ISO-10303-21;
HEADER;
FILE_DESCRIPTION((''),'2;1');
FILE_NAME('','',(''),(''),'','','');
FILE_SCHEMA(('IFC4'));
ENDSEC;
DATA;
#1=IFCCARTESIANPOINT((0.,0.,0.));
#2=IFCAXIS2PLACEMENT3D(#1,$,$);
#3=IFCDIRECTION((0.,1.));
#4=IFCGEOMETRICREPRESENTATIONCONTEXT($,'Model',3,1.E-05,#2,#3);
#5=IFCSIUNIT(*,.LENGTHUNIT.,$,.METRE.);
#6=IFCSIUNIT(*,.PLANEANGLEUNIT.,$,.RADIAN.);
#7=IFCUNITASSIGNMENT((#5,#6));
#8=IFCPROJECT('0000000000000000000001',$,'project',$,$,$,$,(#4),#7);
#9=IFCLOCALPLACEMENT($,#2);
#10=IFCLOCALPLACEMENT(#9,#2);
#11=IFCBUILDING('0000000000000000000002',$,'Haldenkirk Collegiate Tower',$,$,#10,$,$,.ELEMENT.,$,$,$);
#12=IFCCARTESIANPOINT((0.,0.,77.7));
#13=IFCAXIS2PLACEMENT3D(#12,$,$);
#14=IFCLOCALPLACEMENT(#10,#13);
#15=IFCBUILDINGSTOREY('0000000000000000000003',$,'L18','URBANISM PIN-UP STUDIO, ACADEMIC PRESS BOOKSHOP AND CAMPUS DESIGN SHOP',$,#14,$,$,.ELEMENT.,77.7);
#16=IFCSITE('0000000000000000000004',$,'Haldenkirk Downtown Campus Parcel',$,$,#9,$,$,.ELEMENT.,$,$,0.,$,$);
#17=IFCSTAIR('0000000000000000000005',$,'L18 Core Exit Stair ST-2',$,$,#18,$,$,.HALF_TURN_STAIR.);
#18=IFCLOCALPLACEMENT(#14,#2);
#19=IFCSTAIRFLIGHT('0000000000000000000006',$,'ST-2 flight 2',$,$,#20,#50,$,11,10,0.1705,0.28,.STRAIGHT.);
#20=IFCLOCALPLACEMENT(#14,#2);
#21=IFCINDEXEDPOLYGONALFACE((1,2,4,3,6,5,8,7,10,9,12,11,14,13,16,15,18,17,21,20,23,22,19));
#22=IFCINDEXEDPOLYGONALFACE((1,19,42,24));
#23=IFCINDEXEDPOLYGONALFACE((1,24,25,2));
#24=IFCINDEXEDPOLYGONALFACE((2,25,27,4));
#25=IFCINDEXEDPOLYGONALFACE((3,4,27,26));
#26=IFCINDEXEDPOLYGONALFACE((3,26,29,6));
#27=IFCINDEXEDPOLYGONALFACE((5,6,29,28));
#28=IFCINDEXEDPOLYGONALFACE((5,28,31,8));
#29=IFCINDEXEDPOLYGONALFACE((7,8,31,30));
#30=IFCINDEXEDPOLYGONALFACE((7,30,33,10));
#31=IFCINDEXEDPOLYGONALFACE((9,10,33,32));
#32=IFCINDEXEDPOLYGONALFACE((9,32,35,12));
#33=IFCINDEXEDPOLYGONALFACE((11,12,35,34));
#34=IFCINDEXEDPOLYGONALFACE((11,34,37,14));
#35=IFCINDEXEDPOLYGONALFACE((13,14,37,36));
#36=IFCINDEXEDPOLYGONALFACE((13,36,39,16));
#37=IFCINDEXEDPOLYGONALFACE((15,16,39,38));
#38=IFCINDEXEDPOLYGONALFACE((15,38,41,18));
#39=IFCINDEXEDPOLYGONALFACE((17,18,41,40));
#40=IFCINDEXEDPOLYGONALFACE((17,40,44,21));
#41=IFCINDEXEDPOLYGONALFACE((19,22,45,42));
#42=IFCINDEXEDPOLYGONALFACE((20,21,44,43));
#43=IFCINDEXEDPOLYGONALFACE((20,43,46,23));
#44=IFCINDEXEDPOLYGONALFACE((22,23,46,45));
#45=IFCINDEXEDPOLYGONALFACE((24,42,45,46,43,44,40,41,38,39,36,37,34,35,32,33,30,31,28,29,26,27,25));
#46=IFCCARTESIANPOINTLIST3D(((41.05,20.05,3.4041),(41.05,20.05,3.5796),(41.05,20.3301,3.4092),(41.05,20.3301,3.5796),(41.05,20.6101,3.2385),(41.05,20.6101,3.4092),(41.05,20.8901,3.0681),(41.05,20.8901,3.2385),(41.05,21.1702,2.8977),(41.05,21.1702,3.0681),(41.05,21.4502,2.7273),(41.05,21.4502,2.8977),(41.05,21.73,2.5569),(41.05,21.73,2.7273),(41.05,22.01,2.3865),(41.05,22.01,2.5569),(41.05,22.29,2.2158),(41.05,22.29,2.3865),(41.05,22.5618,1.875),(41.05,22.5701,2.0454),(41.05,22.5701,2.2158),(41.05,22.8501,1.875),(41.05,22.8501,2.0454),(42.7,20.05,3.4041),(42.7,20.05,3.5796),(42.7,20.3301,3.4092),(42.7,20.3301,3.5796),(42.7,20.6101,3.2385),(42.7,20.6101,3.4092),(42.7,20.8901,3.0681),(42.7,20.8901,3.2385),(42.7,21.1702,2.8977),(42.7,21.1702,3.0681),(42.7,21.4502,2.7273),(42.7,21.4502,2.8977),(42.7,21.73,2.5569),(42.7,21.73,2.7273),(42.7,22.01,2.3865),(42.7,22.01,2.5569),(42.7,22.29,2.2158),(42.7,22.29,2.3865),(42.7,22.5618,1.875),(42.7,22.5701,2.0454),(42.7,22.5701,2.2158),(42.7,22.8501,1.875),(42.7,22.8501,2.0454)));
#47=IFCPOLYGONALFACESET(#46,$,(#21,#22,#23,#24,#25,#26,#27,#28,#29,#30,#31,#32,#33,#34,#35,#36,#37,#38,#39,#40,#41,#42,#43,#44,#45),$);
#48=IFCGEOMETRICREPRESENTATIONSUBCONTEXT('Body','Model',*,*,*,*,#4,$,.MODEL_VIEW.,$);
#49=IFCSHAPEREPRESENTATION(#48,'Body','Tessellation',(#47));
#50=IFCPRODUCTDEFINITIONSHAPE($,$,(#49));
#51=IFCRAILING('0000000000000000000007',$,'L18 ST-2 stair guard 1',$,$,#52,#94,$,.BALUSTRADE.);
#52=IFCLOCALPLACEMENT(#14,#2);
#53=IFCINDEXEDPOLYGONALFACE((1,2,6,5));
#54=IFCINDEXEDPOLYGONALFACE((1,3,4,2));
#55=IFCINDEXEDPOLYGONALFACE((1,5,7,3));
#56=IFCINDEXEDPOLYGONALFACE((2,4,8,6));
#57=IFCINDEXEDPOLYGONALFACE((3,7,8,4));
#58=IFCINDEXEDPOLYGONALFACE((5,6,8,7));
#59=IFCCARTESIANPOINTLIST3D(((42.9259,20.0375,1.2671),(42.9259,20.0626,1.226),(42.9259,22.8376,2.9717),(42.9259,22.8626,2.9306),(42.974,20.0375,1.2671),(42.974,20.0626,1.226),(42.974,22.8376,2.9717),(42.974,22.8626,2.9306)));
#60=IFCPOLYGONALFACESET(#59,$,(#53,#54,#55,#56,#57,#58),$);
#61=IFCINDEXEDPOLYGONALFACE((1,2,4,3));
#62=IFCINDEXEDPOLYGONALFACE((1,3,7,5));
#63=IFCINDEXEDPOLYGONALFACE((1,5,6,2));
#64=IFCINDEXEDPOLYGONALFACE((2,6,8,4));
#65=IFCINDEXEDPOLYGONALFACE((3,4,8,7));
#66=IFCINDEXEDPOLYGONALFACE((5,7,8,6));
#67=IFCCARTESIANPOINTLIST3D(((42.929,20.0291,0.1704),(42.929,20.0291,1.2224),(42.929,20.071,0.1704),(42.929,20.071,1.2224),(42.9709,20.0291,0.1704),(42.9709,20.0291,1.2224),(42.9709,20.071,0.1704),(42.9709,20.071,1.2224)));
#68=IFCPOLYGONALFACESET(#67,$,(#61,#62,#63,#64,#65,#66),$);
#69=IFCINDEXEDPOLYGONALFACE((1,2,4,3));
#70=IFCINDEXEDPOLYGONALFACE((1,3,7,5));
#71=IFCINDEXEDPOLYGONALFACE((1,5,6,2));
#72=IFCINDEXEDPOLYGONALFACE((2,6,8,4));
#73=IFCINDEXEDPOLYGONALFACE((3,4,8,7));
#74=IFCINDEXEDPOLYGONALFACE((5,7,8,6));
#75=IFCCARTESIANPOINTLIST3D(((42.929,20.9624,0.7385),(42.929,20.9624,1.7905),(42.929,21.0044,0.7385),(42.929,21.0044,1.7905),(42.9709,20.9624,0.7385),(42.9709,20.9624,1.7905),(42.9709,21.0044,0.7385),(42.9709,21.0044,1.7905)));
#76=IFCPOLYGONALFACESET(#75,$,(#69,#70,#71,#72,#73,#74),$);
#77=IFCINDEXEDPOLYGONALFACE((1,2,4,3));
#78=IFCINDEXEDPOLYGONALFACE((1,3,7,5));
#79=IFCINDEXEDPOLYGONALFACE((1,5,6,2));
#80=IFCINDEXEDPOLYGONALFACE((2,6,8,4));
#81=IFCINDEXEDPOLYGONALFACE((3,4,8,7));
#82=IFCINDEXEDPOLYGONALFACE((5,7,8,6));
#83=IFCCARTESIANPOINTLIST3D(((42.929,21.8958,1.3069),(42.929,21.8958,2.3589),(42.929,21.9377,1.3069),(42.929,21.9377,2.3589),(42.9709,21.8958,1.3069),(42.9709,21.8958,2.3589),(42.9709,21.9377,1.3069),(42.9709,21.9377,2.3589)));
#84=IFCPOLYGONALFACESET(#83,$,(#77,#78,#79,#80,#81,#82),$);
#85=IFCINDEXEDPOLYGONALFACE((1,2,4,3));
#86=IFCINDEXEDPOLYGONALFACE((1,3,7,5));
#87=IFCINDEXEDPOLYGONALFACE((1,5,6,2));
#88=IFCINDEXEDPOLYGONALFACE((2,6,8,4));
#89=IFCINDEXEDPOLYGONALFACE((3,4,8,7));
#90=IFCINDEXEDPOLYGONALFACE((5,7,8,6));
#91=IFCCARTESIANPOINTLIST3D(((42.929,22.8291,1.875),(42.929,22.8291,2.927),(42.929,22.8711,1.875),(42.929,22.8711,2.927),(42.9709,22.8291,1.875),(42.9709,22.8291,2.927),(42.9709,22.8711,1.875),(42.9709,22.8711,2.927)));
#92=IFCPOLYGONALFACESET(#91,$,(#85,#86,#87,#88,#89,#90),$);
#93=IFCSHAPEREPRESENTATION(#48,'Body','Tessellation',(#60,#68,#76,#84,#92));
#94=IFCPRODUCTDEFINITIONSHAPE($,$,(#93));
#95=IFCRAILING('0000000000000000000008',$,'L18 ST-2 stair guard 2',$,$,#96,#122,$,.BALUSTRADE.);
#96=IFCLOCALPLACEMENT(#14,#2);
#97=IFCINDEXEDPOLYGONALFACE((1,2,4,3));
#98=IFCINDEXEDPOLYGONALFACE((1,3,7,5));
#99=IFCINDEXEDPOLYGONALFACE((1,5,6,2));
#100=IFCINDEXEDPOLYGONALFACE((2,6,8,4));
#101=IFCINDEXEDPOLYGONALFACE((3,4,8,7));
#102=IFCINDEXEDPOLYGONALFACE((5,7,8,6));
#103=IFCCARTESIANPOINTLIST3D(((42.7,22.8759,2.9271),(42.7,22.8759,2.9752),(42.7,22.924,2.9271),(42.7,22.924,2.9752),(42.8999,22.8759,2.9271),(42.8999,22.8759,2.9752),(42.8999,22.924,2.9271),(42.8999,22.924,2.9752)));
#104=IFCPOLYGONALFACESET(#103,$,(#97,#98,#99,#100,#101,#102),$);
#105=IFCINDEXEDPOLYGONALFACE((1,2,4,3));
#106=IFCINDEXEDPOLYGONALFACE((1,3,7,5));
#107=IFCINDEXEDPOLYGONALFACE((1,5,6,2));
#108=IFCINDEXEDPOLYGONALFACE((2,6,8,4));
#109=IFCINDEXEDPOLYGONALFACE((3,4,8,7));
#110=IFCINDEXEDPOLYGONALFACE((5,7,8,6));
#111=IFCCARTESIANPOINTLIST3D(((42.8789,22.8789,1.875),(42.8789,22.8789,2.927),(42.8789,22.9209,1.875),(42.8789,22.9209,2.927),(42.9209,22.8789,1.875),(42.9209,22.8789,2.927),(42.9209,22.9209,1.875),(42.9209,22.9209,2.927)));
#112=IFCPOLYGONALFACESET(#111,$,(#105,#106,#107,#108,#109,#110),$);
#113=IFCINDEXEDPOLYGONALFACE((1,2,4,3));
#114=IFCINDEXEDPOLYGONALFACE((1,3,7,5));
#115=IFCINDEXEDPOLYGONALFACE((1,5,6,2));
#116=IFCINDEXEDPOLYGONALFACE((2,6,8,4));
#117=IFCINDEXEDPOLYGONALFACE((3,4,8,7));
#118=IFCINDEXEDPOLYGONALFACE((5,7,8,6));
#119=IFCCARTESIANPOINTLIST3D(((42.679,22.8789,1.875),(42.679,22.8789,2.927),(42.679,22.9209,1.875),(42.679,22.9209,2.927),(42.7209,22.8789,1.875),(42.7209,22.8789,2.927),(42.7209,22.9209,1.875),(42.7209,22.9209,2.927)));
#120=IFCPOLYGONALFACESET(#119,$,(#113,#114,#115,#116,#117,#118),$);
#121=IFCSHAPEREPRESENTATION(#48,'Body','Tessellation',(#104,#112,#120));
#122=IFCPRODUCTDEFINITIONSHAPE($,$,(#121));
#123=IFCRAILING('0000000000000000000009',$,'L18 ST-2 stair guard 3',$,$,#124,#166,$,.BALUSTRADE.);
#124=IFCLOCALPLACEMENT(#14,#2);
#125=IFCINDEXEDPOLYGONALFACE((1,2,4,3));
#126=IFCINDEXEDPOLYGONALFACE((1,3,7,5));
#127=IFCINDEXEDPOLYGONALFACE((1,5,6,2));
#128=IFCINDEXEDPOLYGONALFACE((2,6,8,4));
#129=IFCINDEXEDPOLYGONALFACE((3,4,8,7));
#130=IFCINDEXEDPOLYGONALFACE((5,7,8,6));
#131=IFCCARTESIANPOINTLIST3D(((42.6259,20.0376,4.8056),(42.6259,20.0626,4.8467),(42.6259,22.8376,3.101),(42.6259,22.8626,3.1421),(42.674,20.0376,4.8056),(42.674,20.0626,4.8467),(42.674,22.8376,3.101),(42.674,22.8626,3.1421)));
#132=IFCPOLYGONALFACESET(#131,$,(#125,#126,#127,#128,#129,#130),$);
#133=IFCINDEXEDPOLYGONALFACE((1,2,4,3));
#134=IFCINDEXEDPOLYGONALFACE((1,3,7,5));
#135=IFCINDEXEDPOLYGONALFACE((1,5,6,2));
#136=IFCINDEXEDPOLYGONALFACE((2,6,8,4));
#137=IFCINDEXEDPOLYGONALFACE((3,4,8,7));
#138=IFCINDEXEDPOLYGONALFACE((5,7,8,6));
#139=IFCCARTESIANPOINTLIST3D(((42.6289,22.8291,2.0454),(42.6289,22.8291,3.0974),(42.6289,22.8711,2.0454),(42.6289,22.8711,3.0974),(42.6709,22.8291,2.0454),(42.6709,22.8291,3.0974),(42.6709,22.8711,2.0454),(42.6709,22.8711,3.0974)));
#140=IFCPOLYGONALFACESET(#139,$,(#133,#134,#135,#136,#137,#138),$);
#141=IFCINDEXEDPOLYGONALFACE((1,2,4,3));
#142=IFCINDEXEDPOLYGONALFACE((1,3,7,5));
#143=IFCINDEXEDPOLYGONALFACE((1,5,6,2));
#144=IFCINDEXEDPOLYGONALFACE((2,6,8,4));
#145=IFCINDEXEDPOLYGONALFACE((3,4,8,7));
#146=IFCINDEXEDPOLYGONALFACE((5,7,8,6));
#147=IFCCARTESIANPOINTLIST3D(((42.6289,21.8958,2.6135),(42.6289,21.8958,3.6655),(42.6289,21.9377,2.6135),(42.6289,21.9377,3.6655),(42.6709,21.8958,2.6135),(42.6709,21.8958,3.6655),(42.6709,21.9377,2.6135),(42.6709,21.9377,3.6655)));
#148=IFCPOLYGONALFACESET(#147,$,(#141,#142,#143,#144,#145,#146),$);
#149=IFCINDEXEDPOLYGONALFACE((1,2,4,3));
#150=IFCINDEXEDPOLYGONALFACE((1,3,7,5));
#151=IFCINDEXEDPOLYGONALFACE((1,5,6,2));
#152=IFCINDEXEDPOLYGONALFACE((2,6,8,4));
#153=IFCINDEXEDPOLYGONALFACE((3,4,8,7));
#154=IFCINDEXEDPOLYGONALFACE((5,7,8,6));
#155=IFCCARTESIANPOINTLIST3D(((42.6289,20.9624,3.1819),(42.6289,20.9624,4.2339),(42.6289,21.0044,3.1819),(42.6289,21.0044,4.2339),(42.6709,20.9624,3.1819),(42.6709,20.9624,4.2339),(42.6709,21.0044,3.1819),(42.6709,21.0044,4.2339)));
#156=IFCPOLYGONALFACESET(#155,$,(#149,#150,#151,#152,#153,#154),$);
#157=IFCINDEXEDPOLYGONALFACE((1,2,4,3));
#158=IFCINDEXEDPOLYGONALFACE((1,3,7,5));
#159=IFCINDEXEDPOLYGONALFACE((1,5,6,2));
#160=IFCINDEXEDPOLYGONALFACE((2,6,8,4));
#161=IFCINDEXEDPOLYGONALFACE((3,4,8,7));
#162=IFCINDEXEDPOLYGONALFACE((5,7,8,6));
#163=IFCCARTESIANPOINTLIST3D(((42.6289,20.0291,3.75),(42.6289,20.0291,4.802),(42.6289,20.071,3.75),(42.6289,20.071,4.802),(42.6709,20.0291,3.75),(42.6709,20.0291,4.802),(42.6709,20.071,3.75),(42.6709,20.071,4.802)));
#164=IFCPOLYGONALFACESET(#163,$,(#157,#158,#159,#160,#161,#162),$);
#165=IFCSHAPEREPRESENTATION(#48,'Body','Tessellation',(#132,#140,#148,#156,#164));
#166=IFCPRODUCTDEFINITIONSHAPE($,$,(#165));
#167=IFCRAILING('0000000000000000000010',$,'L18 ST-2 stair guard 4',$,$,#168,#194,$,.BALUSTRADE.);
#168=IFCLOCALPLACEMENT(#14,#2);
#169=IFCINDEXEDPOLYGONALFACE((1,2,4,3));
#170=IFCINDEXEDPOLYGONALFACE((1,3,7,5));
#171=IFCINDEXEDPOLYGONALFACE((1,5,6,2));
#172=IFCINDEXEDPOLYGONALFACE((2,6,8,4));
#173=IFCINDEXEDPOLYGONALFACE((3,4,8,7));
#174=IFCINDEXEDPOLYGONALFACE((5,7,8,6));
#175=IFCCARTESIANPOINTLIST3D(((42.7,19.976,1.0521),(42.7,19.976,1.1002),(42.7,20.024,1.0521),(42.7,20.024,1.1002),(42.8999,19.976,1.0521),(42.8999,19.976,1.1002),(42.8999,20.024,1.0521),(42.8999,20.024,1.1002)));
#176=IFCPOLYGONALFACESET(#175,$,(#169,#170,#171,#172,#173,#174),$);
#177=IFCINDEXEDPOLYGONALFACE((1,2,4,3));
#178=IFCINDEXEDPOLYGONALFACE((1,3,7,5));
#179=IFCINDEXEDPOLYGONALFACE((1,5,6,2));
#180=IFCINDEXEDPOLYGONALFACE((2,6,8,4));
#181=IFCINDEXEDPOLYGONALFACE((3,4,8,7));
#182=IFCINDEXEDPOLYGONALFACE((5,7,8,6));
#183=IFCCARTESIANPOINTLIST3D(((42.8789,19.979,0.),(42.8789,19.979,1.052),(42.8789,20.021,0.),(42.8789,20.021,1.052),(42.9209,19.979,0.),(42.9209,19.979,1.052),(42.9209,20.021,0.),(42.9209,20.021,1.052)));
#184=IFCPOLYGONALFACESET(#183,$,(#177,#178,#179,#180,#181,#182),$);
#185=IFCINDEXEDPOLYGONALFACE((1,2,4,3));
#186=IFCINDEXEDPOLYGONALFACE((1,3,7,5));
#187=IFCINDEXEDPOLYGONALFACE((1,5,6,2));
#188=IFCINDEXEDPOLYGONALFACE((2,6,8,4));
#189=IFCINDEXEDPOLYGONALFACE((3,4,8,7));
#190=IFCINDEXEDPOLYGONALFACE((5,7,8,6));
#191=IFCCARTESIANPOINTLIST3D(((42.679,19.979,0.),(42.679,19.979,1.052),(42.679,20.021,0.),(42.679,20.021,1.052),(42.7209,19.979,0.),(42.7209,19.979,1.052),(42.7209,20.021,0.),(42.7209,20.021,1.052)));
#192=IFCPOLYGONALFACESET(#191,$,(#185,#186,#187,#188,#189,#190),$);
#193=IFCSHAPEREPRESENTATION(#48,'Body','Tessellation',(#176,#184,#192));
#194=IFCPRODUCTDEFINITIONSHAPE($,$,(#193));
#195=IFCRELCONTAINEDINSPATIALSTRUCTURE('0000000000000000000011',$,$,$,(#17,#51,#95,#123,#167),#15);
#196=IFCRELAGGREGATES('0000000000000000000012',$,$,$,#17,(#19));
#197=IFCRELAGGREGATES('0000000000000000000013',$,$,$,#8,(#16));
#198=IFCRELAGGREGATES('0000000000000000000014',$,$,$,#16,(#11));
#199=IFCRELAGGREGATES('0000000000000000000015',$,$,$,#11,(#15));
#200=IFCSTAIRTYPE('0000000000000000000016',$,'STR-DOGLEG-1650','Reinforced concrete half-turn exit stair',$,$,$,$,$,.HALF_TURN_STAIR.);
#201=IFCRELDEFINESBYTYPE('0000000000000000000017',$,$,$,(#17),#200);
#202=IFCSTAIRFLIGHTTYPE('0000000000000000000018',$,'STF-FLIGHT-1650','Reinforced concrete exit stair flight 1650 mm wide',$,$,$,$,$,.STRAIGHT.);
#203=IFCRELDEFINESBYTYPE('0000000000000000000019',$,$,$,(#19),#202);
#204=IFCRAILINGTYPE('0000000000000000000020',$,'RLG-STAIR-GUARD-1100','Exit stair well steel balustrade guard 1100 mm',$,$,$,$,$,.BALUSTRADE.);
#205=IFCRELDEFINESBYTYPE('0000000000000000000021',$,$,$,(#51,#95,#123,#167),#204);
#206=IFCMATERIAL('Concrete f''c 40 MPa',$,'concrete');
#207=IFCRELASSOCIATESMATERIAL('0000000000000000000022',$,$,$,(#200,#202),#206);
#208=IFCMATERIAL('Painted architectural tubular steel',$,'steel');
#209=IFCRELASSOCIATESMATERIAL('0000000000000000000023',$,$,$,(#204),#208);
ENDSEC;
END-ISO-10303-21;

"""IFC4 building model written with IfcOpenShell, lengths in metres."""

from ifc_helpers import new_model, si_unit, direction, frame, origin, origin_2d, place, context, subcontext, project, spatial, polyline, rectangle, outline, extrude, material, type_object, element, aggregate, save


model = new_model("IFC4")

# Units and contexts
model_context = context("Model", 3, precision=1e-05, world=origin(), true_north=direction((0.0, 1.0)))
body_context = subcontext(model_context, "Body", "Model", "MODEL_VIEW")
ifc_project = project(units=[si_unit("LENGTHUNIT", "METRE"), si_unit("PLANEANGLEUNIT", "RADIAN")], contexts=[model_context])

# Site, building, storey
site_placement = place(None, origin())
site = spatial("IfcSite", under=ifc_project, at=site_placement, Name="Haldenkirk Downtown Campus Parcel", CompositionType="ELEMENT", RefElevation=0.0)
building_placement = place(site_placement, origin())
building = spatial("IfcBuilding", under=site, at=building_placement, Name="Haldenkirk Collegiate Tower", CompositionType="ELEMENT")
storey_placement = place(building_placement, frame((0.0, 0.0, 77.7)))
storey = spatial("IfcBuildingStorey", under=building, at=storey_placement, Name="L18", Description="URBANISM PIN-UP STUDIO, ACADEMIC PRESS BOOKSHOP AND CAMPUS DESIGN SHOP", CompositionType="ELEMENT", Elevation=77.7)

# Stair, stair flight
ifc_material_1 = material(Name="Concrete f'c 40 MPa", Category="concrete")
stair_type = type_object("IfcStairType", Name="STR-DOGLEG-1650", Description="Reinforced concrete half-turn exit stair", PredefinedType="HALF_TURN_STAIR", material=ifc_material_1)
stair_placement = place(storey_placement, origin())
stair = element("IfcStair", 1, at=stair_placement, inside=storey, type_object=stair_type, Name="L18 Core Exit Stair ST-2", PredefinedType="HALF_TURN_STAIR")
stair_flight_type = type_object("IfcStairFlightType", Name="STF-FLIGHT-1650", Description="Reinforced concrete exit stair flight 1650 mm wide", PredefinedType="STRAIGHT", material=ifc_material_1)
stair_flight_1_placement = place(storey_placement, frame((41.875, 22.8501, 1.875), z_axis=(0.0, 0.0, 1.0), x_axis=(0.0, -1.0, 0.0)))
stair_flight_1 = element("IfcStairFlight", 2, at=stair_flight_1_placement, type_object=stair_flight_type, Name="ST-2 flight 2", NumberOfRisers=11, NumberOfTreads=10, PredefinedType="STRAIGHT", RiserHeight=0.1705, TreadLength=0.28, context=body_context, shape_type="SweptSolid", body=[
    extrude(outline(polyline([(0.0, 0.0), (0.0, 0.1704), (0.28, 0.1704), (0.28, 0.3408), (0.5601, 0.3408), (0.5601, 0.5115), (0.8401, 0.5115), (0.8401, 0.6819), (1.1201, 0.6819), (1.1201, 0.8523), (1.3999, 0.8523), (1.3999, 1.0227), (1.6799, 1.0227), (1.6799, 1.1931), (1.96, 1.1931), (1.96, 1.3635), (2.24, 1.3635), (2.24, 1.5342), (2.52, 1.5342), (2.52, 1.7046), (2.8, 1.7046), (2.8, 1.875), (2.8, 1.5291), (0.2883, 0.0), (0.0, 0.0)])), frame((0.0, 0.825, 0.0), z_axis=(0.0, -1.0, 0.0), x_axis=(1.0, 0.0, 0.0)), (0.0, 0.0, 1.0), 1.6499),
])
aggregate(stair, [stair_flight_1])

# Railings
ifc_material_2 = material(Name="Painted architectural tubular steel", Category="steel")
railing_type_1 = type_object("IfcRailingType", Name="RLG-STAIR-GUARD-1100", Description="Exit stair well steel balustrade guard 1100 mm", PredefinedType="BALUSTRADE", material=ifc_material_2)
railing_1_placement = place(storey_placement, frame((42.95, 20.05, 0.1704)))
element("IfcRailing", 3, at=railing_1_placement, inside=storey, type_object=railing_type_1, Name="L18 ST-2 stair guard 1", PredefinedType="BALUSTRADE", context=body_context, shape_type="SweptSolid", body=[
    extrude(rectangle(XDim=0.0481, YDim=0.0481, at=origin_2d()), frame((0.0, 0.0, 1.0762), z_axis=(0.0, 0.85417, 0.519994), x_axis=(-1.0, 0.0, 0.0)), (0.0, 0.0, 1.0), 3.2781),
    extrude(rectangle(XDim=0.042, YDim=0.042, at=origin_2d()), origin(), (0.0, 0.0, 1.0), 1.052),
    extrude(rectangle(XDim=0.042, YDim=0.042, at=origin_2d()), frame((0.0, 0.9333, 0.5681)), (0.0, 0.0, 1.0), 1.052),
    extrude(rectangle(XDim=0.042, YDim=0.042, at=origin_2d()), frame((0.0, 1.8667, 1.1365)), (0.0, 0.0, 1.0), 1.052),
    extrude(rectangle(XDim=0.042, YDim=0.042, at=origin_2d()), frame((0.0, 2.8, 1.7046)), (0.0, 0.0, 1.0), 1.052),
])
railing_2_placement = place(storey_placement, frame((42.8999, 22.8999, 1.875)))
element("IfcRailing", 4, at=railing_2_placement, inside=storey, type_object=railing_type_1, Name="L18 ST-2 stair guard 2", PredefinedType="BALUSTRADE", context=body_context, shape_type="SweptSolid", body=[
    extrude(rectangle(XDim=0.0481, YDim=0.0481, at=origin_2d()), frame((0.0, 0.0, 1.0762), z_axis=(-1.0, 0.0, 0.0), x_axis=(0.0, -1.0, 0.0)), (0.0, 0.0, 1.0), 0.2),
    extrude(rectangle(XDim=0.042, YDim=0.042, at=origin_2d()), origin(), (0.0, 0.0, 1.0), 1.052),
    extrude(rectangle(XDim=0.042, YDim=0.042, at=origin_2d()), frame((-0.2, 0.0, 0.0)), (0.0, 0.0, 1.0), 1.052),
])
railing_3_placement = place(storey_placement, frame((42.6499, 22.8501, 2.0454)))
element("IfcRailing", 5, at=railing_3_placement, inside=storey, type_object=railing_type_1, Name="L18 ST-2 stair guard 3", PredefinedType="BALUSTRADE", context=body_context, shape_type="SweptSolid", body=[
    extrude(rectangle(XDim=0.0481, YDim=0.0481, at=origin_2d()), frame((0.0, 0.0, 1.0762), z_axis=(0.0, -0.85417, 0.519994), x_axis=(1.0, 0.0, 0.0)), (0.0, 0.0, 1.0), 3.2781),
    extrude(rectangle(XDim=0.042, YDim=0.042, at=origin_2d()), origin(), (0.0, 0.0, 1.0), 1.052),
    extrude(rectangle(XDim=0.042, YDim=0.042, at=origin_2d()), frame((0.0, -0.9333, 0.5681)), (0.0, 0.0, 1.0), 1.052),
    extrude(rectangle(XDim=0.042, YDim=0.042, at=origin_2d()), frame((0.0, -1.8667, 1.1365)), (0.0, 0.0, 1.0), 1.052),
    extrude(rectangle(XDim=0.042, YDim=0.042, at=origin_2d()), frame((0.0, -2.8, 1.7046)), (0.0, 0.0, 1.0), 1.052),
])
railing_4_placement = place(storey_placement, frame((42.8999, 20.0, 0.0)))
element("IfcRailing", 6, at=railing_4_placement, inside=storey, type_object=railing_type_1, Name="L18 ST-2 stair guard 4", PredefinedType="BALUSTRADE", context=body_context, shape_type="SweptSolid", body=[
    extrude(rectangle(XDim=0.0481, YDim=0.0481, at=origin_2d()), frame((0.0, 0.0, 1.0762), z_axis=(-1.0, 0.0, 0.0), x_axis=(0.0, -1.0, 0.0)), (0.0, 0.0, 1.0), 0.2),
    extrude(rectangle(XDim=0.042, YDim=0.042, at=origin_2d()), origin(), (0.0, 0.0, 1.0), 1.052),
    extrude(rectangle(XDim=0.042, YDim=0.042, at=origin_2d()), frame((-0.2, 0.0, 0.0)), (0.0, 0.0, 1.0), 1.052),
])

save(model, "model.ifc")
